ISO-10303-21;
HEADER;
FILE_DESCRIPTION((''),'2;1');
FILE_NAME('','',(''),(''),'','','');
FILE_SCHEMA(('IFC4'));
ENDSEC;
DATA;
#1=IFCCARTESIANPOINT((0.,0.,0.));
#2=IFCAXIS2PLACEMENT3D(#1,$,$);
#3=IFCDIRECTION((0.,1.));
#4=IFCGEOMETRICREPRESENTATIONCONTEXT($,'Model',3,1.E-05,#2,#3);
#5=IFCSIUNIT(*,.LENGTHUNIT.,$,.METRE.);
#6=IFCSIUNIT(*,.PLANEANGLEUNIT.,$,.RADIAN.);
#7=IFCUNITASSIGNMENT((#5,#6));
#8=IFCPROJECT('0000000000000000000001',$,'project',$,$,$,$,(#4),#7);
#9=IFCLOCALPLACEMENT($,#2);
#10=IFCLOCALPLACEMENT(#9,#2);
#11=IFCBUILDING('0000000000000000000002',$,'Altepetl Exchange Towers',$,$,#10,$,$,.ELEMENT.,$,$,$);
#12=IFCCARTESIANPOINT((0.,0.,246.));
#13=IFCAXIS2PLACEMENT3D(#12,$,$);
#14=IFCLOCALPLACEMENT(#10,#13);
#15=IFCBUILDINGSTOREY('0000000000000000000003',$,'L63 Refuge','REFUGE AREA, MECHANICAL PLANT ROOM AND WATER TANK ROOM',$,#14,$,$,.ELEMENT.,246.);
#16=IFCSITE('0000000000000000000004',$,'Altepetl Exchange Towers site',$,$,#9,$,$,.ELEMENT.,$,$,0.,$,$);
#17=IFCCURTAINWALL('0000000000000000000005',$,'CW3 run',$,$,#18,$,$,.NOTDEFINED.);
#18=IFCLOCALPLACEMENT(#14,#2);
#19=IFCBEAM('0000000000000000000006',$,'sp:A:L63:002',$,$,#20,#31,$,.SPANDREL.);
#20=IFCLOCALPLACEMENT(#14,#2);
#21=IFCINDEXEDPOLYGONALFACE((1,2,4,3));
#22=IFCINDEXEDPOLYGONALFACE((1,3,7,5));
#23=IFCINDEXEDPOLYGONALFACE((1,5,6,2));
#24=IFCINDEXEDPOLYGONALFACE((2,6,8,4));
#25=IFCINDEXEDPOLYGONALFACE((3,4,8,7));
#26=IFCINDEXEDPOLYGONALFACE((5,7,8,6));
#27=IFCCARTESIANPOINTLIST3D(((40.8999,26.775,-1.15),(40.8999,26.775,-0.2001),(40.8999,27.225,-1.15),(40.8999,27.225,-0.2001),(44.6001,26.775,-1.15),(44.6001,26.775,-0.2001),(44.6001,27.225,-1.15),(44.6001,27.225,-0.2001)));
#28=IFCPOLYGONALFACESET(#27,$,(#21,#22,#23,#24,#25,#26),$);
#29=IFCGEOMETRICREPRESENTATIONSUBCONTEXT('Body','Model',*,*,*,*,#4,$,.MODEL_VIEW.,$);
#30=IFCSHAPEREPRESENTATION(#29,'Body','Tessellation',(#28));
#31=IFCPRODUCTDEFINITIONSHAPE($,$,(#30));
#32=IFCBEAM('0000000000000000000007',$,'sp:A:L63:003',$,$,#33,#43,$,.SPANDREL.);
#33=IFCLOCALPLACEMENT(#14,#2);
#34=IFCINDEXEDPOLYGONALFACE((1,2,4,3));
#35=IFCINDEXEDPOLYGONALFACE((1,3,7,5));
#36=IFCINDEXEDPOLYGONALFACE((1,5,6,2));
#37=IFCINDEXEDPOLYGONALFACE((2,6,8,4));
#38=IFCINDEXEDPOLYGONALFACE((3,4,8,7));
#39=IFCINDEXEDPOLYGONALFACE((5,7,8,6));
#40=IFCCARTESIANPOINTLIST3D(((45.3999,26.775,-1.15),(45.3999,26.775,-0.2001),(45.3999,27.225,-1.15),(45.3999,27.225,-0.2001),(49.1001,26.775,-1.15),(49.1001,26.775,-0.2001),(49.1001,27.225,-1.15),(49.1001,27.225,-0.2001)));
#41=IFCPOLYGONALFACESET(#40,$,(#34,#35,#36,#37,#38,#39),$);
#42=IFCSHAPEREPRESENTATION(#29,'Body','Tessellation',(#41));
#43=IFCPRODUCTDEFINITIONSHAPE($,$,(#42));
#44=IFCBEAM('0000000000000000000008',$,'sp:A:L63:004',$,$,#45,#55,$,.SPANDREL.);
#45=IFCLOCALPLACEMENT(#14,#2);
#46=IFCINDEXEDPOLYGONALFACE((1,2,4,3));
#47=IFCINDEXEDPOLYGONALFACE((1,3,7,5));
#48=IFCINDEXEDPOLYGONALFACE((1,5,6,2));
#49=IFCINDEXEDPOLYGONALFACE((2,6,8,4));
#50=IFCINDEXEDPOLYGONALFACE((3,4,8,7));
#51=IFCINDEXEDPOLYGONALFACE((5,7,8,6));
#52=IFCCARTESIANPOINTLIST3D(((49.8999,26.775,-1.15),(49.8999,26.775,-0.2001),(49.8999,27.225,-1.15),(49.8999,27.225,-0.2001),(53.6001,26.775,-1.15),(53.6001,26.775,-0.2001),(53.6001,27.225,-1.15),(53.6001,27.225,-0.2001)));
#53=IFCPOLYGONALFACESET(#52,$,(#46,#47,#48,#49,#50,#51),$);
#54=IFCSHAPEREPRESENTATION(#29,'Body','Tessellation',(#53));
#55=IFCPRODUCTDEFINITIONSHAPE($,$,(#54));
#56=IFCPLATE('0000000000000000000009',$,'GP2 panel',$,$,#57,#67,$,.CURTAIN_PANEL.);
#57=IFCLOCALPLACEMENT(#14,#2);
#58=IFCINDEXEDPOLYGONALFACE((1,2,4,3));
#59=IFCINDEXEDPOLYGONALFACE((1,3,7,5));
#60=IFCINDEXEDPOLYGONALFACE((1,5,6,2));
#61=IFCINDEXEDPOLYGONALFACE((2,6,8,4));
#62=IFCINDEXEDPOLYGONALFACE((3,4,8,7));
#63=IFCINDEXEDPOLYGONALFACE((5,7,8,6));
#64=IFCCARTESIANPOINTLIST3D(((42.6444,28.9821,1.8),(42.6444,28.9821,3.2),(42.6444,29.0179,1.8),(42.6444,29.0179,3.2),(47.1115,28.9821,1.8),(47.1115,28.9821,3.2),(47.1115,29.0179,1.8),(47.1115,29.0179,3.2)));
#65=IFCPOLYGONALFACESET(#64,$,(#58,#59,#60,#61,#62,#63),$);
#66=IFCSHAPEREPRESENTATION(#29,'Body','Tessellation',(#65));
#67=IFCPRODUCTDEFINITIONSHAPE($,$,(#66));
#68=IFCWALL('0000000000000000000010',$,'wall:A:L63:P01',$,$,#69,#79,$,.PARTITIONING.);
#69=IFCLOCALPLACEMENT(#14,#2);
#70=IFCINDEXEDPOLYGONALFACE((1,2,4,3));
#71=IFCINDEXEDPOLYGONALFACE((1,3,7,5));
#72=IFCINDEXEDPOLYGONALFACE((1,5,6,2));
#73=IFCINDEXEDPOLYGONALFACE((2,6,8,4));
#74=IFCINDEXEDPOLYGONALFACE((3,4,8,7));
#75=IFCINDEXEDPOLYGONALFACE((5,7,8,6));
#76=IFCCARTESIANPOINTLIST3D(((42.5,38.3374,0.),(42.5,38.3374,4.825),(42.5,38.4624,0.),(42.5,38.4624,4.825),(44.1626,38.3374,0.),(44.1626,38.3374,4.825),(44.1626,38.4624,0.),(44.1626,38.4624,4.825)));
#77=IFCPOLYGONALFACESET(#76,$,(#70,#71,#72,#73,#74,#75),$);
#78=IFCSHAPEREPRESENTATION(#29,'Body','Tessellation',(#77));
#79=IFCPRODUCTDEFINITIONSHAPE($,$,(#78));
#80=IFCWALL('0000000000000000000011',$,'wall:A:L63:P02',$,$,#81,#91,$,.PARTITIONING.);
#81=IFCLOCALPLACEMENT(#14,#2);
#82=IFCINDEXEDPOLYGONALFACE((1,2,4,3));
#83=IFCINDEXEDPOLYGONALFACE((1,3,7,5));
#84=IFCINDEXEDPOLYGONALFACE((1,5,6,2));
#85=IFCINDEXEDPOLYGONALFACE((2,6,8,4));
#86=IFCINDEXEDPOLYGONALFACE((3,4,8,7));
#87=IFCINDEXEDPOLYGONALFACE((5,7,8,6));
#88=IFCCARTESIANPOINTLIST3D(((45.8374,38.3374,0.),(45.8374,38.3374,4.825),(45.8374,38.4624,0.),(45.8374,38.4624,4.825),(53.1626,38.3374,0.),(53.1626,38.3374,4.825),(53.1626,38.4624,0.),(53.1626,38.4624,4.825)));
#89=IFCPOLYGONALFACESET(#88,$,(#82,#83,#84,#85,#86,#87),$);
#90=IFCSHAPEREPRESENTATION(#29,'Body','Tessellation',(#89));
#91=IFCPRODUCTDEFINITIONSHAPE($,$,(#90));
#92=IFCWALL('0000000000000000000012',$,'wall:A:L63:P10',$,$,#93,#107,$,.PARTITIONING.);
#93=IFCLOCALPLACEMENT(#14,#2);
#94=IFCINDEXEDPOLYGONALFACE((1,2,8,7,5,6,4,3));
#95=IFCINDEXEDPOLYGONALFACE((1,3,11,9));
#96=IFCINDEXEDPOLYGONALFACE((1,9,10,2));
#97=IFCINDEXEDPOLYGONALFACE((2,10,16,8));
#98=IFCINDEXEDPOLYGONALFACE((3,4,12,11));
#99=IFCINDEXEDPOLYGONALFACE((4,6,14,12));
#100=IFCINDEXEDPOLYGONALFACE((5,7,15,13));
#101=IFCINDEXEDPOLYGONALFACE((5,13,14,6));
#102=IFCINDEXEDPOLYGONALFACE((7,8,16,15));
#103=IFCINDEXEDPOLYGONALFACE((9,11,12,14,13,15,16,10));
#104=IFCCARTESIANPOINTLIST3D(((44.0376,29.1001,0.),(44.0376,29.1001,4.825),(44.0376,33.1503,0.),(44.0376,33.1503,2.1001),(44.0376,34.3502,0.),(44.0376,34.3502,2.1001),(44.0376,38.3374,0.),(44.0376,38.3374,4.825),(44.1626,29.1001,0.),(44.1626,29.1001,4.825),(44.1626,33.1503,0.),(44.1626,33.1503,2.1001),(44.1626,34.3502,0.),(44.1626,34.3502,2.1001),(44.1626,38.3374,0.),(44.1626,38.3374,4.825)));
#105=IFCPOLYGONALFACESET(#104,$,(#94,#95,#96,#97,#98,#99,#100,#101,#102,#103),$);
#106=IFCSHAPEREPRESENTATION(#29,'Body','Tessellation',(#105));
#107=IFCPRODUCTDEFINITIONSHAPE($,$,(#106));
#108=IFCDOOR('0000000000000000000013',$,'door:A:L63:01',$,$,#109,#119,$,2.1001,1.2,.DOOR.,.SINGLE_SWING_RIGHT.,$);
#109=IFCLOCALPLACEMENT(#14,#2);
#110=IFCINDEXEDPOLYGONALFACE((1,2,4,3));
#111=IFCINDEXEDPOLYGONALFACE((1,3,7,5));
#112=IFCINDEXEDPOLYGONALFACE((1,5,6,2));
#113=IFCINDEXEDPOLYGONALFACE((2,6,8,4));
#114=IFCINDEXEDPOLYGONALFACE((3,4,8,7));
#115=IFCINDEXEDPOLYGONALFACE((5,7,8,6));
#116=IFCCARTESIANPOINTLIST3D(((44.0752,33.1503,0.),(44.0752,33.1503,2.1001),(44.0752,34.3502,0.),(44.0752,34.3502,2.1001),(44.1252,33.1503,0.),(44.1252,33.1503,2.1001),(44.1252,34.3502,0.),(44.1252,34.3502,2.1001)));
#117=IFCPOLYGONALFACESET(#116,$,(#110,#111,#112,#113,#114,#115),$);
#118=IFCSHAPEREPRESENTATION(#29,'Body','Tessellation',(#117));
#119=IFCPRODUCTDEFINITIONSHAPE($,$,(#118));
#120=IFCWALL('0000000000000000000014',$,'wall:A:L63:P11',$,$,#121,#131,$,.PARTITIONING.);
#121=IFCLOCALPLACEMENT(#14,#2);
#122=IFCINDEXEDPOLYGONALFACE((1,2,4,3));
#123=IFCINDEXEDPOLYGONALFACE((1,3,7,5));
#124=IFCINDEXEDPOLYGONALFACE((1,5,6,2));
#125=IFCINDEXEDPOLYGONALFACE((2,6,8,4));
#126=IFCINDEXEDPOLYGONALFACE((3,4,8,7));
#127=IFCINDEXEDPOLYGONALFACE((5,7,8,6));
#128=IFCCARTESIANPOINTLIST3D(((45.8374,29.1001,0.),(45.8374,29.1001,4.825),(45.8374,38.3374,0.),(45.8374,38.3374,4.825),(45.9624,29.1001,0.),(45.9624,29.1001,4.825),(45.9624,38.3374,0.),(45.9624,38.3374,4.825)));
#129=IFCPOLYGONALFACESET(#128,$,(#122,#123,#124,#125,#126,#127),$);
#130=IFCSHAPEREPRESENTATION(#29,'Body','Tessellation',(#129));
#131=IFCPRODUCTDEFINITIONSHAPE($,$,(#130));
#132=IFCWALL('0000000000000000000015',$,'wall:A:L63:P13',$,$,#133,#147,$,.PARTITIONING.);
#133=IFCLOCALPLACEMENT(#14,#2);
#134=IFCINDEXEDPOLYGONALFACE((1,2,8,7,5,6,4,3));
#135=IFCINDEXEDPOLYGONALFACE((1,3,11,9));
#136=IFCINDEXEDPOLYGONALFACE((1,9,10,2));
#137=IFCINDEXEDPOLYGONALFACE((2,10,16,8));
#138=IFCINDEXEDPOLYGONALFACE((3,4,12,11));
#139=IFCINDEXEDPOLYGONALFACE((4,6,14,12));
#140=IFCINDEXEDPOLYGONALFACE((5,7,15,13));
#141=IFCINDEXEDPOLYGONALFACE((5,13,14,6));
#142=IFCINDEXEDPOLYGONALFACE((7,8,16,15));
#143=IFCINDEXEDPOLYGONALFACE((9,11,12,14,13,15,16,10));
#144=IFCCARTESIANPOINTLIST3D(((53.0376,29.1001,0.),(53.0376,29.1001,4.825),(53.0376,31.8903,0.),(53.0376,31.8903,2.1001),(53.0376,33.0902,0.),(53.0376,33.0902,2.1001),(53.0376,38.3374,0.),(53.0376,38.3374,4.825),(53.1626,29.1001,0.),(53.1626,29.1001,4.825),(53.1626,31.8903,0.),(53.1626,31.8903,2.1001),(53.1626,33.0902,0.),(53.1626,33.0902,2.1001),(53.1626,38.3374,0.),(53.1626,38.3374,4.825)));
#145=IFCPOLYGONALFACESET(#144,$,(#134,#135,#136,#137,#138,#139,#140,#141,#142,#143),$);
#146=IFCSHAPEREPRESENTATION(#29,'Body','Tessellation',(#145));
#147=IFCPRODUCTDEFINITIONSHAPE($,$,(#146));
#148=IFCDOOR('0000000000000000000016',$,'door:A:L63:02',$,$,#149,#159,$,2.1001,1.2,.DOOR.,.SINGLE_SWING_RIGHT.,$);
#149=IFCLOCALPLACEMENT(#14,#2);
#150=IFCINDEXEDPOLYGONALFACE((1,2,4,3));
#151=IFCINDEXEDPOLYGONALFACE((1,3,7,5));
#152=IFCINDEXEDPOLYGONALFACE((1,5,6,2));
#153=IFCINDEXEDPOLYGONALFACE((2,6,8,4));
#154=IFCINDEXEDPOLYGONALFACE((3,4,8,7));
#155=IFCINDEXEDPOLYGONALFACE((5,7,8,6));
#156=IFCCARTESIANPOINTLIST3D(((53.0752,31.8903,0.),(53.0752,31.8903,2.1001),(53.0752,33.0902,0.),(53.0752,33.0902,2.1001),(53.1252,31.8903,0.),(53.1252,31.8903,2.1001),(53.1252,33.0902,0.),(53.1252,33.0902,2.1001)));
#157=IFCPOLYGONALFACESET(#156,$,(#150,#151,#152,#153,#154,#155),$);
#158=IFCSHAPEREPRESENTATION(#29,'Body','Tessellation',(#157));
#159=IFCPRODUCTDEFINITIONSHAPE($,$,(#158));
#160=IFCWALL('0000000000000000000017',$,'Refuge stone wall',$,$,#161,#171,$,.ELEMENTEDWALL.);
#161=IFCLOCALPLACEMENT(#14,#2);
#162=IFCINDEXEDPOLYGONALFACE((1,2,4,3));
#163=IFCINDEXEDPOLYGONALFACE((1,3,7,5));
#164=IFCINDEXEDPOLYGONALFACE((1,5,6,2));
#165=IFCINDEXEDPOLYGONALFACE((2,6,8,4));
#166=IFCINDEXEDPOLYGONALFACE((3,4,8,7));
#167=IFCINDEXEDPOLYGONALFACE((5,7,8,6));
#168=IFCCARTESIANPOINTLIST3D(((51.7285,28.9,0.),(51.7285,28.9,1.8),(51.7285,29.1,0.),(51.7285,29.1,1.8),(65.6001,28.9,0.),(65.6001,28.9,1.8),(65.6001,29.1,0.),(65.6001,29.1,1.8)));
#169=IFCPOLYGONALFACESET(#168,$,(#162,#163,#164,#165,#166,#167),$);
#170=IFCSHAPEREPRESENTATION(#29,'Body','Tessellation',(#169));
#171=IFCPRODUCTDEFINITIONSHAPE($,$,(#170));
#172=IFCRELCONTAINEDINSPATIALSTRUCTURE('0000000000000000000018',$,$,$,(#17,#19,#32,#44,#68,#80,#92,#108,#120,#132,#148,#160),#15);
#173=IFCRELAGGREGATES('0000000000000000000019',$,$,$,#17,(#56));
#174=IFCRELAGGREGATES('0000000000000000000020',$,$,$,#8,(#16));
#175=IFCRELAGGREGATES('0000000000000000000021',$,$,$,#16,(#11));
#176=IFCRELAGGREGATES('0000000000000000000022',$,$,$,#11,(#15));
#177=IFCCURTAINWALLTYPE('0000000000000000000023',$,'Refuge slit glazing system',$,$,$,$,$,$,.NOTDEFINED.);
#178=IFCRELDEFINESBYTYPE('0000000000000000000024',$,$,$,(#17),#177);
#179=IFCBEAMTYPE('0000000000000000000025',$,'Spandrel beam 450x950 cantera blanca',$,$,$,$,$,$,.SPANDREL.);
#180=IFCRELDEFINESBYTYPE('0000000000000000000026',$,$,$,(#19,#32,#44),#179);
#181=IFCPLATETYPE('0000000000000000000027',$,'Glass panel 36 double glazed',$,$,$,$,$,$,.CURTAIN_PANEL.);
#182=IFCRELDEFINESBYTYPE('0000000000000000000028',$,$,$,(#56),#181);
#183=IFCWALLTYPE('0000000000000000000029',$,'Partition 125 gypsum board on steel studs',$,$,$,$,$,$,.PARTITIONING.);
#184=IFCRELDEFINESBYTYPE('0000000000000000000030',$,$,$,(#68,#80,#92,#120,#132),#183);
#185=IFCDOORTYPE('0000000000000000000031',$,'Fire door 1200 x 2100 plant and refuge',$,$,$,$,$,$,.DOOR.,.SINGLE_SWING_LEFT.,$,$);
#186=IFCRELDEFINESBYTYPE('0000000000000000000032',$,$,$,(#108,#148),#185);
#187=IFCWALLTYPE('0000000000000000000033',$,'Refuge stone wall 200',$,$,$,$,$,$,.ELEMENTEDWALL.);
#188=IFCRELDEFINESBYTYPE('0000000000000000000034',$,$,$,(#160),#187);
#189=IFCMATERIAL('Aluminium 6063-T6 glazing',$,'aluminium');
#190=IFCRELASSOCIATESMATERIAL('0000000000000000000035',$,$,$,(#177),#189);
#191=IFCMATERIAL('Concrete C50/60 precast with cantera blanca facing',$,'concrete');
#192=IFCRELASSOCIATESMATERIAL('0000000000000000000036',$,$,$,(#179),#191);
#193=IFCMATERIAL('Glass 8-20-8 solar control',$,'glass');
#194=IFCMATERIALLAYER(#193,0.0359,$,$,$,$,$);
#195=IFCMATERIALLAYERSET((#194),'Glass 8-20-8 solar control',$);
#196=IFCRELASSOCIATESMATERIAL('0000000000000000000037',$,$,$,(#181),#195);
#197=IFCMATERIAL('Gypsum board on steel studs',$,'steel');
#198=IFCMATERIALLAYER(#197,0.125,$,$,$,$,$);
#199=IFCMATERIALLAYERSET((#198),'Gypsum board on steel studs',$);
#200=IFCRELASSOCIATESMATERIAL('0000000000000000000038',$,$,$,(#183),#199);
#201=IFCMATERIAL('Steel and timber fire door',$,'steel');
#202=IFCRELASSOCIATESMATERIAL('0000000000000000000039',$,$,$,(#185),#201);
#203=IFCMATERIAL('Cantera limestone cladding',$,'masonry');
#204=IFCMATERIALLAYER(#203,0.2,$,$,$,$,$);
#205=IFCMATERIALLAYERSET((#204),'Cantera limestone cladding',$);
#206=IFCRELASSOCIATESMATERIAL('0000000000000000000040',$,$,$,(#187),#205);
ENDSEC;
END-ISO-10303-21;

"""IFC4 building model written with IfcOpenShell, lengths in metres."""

from ifc_helpers import new_model, si_unit, direction, frame, frame_2d, origin, origin_2d, place, context, subcontext, project, spatial, rectangle, extrude, material, layer, layer_set, material_profile, profile_set, type_object, element, fill, aggregate, save


model = new_model("IFC4")

# Units and contexts
model_context = context("Model", 3, precision=1e-05, world=origin(), true_north=direction((0.0, 1.0)))
body_context = subcontext(model_context, "Body", "Model", "MODEL_VIEW")
ifc_project = project(units=[si_unit("LENGTHUNIT", "METRE"), si_unit("PLANEANGLEUNIT", "RADIAN")], contexts=[model_context])

# Site, building, storey
site_placement = place(None, origin())
site = spatial("IfcSite", under=ifc_project, at=site_placement, Name="Altepetl Exchange Towers site", CompositionType="ELEMENT", RefElevation=0.0)
building_placement = place(site_placement, origin())
building = spatial("IfcBuilding", under=site, at=building_placement, Name="Altepetl Exchange Towers", CompositionType="ELEMENT")
storey_placement = place(building_placement, frame((0.0, 0.0, 246.0)))
storey = spatial("IfcBuildingStorey", under=building, at=storey_placement, Name="L63 Refuge", Description="REFUGE AREA, MECHANICAL PLANT ROOM AND WATER TANK ROOM", CompositionType="ELEMENT", Elevation=246.0)

# Curtain wall
ifc_material_1 = material(Name="Aluminium 6063-T6 glazing", Category="aluminium")
curtain_wall_type = type_object("IfcCurtainWallType", Name="Refuge slit glazing system", PredefinedType="NOTDEFINED", material=ifc_material_1)
curtain_wall_1_placement = place(storey_placement, origin())
curtain_wall_1 = element("IfcCurtainWall", 1, at=curtain_wall_1_placement, inside=storey, type_object=curtain_wall_type, Name="CW3 run", PredefinedType="NOTDEFINED")

# Beams
ifc_material_2 = material(Name="Concrete C50/60 precast with cantera blanca facing", Category="concrete")
ifc_material_profile_1 = material_profile(ifc_material_2, rectangle(XDim=0.45, YDim=0.95, at=origin_2d()), Name="450 x 950")
ifc_profile_set_1 = profile_set([ifc_material_profile_1], Name="Concrete C50/60 precast with cantera blanca facing")
beam_type_1 = type_object("IfcBeamType", Name="Spandrel beam 450x950 cantera blanca", PredefinedType="SPANDREL", material=ifc_profile_set_1)
for number, where, z_axis, x_axis, name in (
    (2, (40.8999, 27.0, -0.675), (1.0, 0.0, 0.0), (0.0, 1.0, 0.0), "sp:A:L63:002"),
    (3, (45.3999, 27.0, -0.675), (1.0, 0.0, 0.0), (0.0, 1.0, 0.0), "sp:A:L63:003"),
    (4, (49.8999, 27.0, -0.675), (1.0, 0.0, 0.0), (0.0, 1.0, 0.0), "sp:A:L63:004"),
):
    element("IfcBeam", number, at=place(storey_placement, frame(where, z_axis=z_axis, x_axis=x_axis)), inside=storey, type_object=beam_type_1, Name=name, PredefinedType="SPANDREL", context=body_context, shape_type="SweptSolid", body=[
        extrude(rectangle(XDim=0.45, YDim=0.95, at=origin_2d()), origin(), (0.0, 0.0, 1.0), 3.7002),
    ])

# Plate
ifc_material_3 = material(Name="Glass 8-20-8 solar control", Category="glass")
ifc_layer_1 = layer(ifc_material_3, 0.0359)
ifc_layer_set_1 = layer_set([ifc_layer_1], Name="Glass 8-20-8 solar control")
plate_type = type_object("IfcPlateType", Name="Glass panel 36 double glazed", PredefinedType="CURTAIN_PANEL", material=ifc_layer_set_1)
plate_placement = place(storey_placement, frame((44.8779, 29.0, 1.8)))
plate = element("IfcPlate", 5, at=plate_placement, type_object=plate_type, Name="GP2 panel", PredefinedType="CURTAIN_PANEL", context=body_context, shape_type="SweptSolid", body=[
    extrude(rectangle(XDim=4.467, YDim=0.0359, at=origin_2d()), origin(), (0.0, 0.0, 1.0), 1.3999),
])
aggregate(curtain_wall_1, [plate])

# Walls
ifc_material_4 = material(Name="Gypsum board on steel studs", Category="steel")
ifc_layer_2 = layer(ifc_material_4, 0.125)
ifc_layer_set_2 = layer_set([ifc_layer_2], Name="Gypsum board on steel studs")
wall_type_1 = type_object("IfcWallType", Name="Partition 125 gypsum board on steel studs", PredefinedType="PARTITIONING", material=ifc_layer_set_2)
wall_1_placement = place(storey_placement, frame((42.5, 38.3999, 0.0)))
element("IfcWall", 6, at=wall_1_placement, inside=storey, type_object=wall_type_1, Name="wall:A:L63:P01", PredefinedType="PARTITIONING", context=body_context, shape_type="SweptSolid", body=[
    extrude(rectangle(XDim=1.6626, YDim=0.125, at=frame_2d((0.8313, 0.0))), origin(), (0.0, 0.0, 1.0), 4.825),
])
wall_2_placement = place(storey_placement, frame((45.8374, 38.3999, 0.0)))
element("IfcWall", 7, at=wall_2_placement, inside=storey, type_object=wall_type_1, Name="wall:A:L63:P02", PredefinedType="PARTITIONING", context=body_context, shape_type="SweptSolid", body=[
    extrude(rectangle(XDim=7.3252, YDim=0.125, at=frame_2d((3.6626, 0.0))), origin(), (0.0, 0.0, 1.0), 4.825),
])

# Wall, opening, door
wall_3_placement = place(storey_placement, frame((44.1001, 29.1001, 0.0), z_axis=(0.0, 0.0, 1.0), x_axis=(0.0, 1.0, 0.0)))
wall_3 = element("IfcWall", 8, at=wall_3_placement, inside=storey, type_object=wall_type_1, Name="wall:A:L63:P10", PredefinedType="PARTITIONING", context=body_context, shape_type="SweptSolid", body=[
    extrude(rectangle(XDim=9.2373, YDim=0.125, at=frame_2d((4.6187, 0.0))), origin(), (0.0, 0.0, 1.0), 4.825),
])
opening_1_placement = place(wall_3_placement, frame((4.05, 0.0, 0.0)))
opening_1 = element("IfcOpeningElement", 9, at=opening_1_placement, cuts=wall_3, PredefinedType="OPENING", context=body_context, shape_type="SweptSolid", body=[
    extrude(rectangle(XDim=1.2, YDim=2.1001, at=frame_2d((0.6001, 1.05))), frame((0.0, 0.0725, 0.0), z_axis=(0.0, -1.0, 0.0), x_axis=(1.0, 0.0, 0.0)), (0.0, 0.0, 1.0), 0.145),
])
ifc_material_5 = material(Name="Steel and timber fire door", Category="steel")
door_type_1 = type_object("IfcDoorType", Name="Fire door 1200 x 2100 plant and refuge", OperationType="SINGLE_SWING_LEFT", PredefinedType="DOOR", material=ifc_material_5)
door_1_placement = place(opening_1_placement, origin())
door_1 = element("IfcDoor", 10, at=door_1_placement, inside=storey, type_object=door_type_1, Name="door:A:L63:01", OperationType="SINGLE_SWING_RIGHT", OverallHeight=2.1001, OverallWidth=1.2, PredefinedType="DOOR", context=body_context, shape_type="SweptSolid", body=[
    extrude(rectangle(XDim=1.2, YDim=2.1001, at=frame_2d((0.6001, 1.05))), frame((0.0, 0.0249, 0.0), z_axis=(0.0, -1.0, 0.0), x_axis=(1.0, 0.0, 0.0)), (0.0, 0.0, 1.0), 0.05),
])
fill(opening_1, door_1)

# Wall
wall_4_placement = place(storey_placement, frame((45.8999, 29.1001, 0.0), z_axis=(0.0, 0.0, 1.0), x_axis=(0.0, 1.0, 0.0)))
element("IfcWall", 11, at=wall_4_placement, inside=storey, type_object=wall_type_1, Name="wall:A:L63:P11", PredefinedType="PARTITIONING", context=body_context, shape_type="SweptSolid", body=[
    extrude(rectangle(XDim=9.2373, YDim=0.125, at=frame_2d((4.6187, 0.0))), origin(), (0.0, 0.0, 1.0), 4.825),
])

# Wall, opening, door
wall_5_placement = place(storey_placement, frame((53.1001, 29.1001, 0.0), z_axis=(0.0, 0.0, 1.0), x_axis=(0.0, 1.0, 0.0)))
wall_5 = element("IfcWall", 12, at=wall_5_placement, inside=storey, type_object=wall_type_1, Name="wall:A:L63:P13", PredefinedType="PARTITIONING", context=body_context, shape_type="SweptSolid", body=[
    extrude(rectangle(XDim=9.2373, YDim=0.125, at=frame_2d((4.6187, 0.0))), origin(), (0.0, 0.0, 1.0), 4.825),
])
opening_2_placement = place(wall_5_placement, frame((2.79, 0.0, 0.0)))
opening_2 = element("IfcOpeningElement", 13, at=opening_2_placement, cuts=wall_5, PredefinedType="OPENING", context=body_context, shape_type="SweptSolid", body=[
    extrude(rectangle(XDim=1.2, YDim=2.1001, at=frame_2d((0.6001, 1.05))), frame((0.0, 0.0725, 0.0), z_axis=(0.0, -1.0, 0.0), x_axis=(1.0, 0.0, 0.0)), (0.0, 0.0, 1.0), 0.145),
])
door_2_placement = place(opening_2_placement, origin())
door_2 = element("IfcDoor", 14, at=door_2_placement, inside=storey, type_object=door_type_1, Name="door:A:L63:02", OperationType="SINGLE_SWING_RIGHT", OverallHeight=2.1001, OverallWidth=1.2, PredefinedType="DOOR", context=body_context, shape_type="SweptSolid", body=[
    extrude(rectangle(XDim=1.2, YDim=2.1001, at=frame_2d((0.6001, 1.05))), frame((0.0, 0.0249, 0.0), z_axis=(0.0, -1.0, 0.0), x_axis=(1.0, 0.0, 0.0)), (0.0, 0.0, 1.0), 0.05),
])
fill(opening_2, door_2)

# Wall
ifc_material_6 = material(Name="Cantera limestone cladding", Category="masonry")
ifc_layer_3 = layer(ifc_material_6, 0.2)
ifc_layer_set_3 = layer_set([ifc_layer_3], Name="Cantera limestone cladding")
wall_type_2 = type_object("IfcWallType", Name="Refuge stone wall 200", PredefinedType="ELEMENTEDWALL", material=ifc_layer_set_3)
wall_6_placement = place(storey_placement, frame((51.7285, 29.0, 0.0)))
element("IfcWall", 15, at=wall_6_placement, inside=storey, type_object=wall_type_2, Name="Refuge stone wall", PredefinedType="ELEMENTEDWALL", context=body_context, shape_type="SweptSolid", body=[
    extrude(rectangle(XDim=13.8716, YDim=0.2, at=frame_2d((6.9358, 0.0))), origin(), (0.0, 0.0, 1.0), 1.8),
])

save(model, "model.ifc")
